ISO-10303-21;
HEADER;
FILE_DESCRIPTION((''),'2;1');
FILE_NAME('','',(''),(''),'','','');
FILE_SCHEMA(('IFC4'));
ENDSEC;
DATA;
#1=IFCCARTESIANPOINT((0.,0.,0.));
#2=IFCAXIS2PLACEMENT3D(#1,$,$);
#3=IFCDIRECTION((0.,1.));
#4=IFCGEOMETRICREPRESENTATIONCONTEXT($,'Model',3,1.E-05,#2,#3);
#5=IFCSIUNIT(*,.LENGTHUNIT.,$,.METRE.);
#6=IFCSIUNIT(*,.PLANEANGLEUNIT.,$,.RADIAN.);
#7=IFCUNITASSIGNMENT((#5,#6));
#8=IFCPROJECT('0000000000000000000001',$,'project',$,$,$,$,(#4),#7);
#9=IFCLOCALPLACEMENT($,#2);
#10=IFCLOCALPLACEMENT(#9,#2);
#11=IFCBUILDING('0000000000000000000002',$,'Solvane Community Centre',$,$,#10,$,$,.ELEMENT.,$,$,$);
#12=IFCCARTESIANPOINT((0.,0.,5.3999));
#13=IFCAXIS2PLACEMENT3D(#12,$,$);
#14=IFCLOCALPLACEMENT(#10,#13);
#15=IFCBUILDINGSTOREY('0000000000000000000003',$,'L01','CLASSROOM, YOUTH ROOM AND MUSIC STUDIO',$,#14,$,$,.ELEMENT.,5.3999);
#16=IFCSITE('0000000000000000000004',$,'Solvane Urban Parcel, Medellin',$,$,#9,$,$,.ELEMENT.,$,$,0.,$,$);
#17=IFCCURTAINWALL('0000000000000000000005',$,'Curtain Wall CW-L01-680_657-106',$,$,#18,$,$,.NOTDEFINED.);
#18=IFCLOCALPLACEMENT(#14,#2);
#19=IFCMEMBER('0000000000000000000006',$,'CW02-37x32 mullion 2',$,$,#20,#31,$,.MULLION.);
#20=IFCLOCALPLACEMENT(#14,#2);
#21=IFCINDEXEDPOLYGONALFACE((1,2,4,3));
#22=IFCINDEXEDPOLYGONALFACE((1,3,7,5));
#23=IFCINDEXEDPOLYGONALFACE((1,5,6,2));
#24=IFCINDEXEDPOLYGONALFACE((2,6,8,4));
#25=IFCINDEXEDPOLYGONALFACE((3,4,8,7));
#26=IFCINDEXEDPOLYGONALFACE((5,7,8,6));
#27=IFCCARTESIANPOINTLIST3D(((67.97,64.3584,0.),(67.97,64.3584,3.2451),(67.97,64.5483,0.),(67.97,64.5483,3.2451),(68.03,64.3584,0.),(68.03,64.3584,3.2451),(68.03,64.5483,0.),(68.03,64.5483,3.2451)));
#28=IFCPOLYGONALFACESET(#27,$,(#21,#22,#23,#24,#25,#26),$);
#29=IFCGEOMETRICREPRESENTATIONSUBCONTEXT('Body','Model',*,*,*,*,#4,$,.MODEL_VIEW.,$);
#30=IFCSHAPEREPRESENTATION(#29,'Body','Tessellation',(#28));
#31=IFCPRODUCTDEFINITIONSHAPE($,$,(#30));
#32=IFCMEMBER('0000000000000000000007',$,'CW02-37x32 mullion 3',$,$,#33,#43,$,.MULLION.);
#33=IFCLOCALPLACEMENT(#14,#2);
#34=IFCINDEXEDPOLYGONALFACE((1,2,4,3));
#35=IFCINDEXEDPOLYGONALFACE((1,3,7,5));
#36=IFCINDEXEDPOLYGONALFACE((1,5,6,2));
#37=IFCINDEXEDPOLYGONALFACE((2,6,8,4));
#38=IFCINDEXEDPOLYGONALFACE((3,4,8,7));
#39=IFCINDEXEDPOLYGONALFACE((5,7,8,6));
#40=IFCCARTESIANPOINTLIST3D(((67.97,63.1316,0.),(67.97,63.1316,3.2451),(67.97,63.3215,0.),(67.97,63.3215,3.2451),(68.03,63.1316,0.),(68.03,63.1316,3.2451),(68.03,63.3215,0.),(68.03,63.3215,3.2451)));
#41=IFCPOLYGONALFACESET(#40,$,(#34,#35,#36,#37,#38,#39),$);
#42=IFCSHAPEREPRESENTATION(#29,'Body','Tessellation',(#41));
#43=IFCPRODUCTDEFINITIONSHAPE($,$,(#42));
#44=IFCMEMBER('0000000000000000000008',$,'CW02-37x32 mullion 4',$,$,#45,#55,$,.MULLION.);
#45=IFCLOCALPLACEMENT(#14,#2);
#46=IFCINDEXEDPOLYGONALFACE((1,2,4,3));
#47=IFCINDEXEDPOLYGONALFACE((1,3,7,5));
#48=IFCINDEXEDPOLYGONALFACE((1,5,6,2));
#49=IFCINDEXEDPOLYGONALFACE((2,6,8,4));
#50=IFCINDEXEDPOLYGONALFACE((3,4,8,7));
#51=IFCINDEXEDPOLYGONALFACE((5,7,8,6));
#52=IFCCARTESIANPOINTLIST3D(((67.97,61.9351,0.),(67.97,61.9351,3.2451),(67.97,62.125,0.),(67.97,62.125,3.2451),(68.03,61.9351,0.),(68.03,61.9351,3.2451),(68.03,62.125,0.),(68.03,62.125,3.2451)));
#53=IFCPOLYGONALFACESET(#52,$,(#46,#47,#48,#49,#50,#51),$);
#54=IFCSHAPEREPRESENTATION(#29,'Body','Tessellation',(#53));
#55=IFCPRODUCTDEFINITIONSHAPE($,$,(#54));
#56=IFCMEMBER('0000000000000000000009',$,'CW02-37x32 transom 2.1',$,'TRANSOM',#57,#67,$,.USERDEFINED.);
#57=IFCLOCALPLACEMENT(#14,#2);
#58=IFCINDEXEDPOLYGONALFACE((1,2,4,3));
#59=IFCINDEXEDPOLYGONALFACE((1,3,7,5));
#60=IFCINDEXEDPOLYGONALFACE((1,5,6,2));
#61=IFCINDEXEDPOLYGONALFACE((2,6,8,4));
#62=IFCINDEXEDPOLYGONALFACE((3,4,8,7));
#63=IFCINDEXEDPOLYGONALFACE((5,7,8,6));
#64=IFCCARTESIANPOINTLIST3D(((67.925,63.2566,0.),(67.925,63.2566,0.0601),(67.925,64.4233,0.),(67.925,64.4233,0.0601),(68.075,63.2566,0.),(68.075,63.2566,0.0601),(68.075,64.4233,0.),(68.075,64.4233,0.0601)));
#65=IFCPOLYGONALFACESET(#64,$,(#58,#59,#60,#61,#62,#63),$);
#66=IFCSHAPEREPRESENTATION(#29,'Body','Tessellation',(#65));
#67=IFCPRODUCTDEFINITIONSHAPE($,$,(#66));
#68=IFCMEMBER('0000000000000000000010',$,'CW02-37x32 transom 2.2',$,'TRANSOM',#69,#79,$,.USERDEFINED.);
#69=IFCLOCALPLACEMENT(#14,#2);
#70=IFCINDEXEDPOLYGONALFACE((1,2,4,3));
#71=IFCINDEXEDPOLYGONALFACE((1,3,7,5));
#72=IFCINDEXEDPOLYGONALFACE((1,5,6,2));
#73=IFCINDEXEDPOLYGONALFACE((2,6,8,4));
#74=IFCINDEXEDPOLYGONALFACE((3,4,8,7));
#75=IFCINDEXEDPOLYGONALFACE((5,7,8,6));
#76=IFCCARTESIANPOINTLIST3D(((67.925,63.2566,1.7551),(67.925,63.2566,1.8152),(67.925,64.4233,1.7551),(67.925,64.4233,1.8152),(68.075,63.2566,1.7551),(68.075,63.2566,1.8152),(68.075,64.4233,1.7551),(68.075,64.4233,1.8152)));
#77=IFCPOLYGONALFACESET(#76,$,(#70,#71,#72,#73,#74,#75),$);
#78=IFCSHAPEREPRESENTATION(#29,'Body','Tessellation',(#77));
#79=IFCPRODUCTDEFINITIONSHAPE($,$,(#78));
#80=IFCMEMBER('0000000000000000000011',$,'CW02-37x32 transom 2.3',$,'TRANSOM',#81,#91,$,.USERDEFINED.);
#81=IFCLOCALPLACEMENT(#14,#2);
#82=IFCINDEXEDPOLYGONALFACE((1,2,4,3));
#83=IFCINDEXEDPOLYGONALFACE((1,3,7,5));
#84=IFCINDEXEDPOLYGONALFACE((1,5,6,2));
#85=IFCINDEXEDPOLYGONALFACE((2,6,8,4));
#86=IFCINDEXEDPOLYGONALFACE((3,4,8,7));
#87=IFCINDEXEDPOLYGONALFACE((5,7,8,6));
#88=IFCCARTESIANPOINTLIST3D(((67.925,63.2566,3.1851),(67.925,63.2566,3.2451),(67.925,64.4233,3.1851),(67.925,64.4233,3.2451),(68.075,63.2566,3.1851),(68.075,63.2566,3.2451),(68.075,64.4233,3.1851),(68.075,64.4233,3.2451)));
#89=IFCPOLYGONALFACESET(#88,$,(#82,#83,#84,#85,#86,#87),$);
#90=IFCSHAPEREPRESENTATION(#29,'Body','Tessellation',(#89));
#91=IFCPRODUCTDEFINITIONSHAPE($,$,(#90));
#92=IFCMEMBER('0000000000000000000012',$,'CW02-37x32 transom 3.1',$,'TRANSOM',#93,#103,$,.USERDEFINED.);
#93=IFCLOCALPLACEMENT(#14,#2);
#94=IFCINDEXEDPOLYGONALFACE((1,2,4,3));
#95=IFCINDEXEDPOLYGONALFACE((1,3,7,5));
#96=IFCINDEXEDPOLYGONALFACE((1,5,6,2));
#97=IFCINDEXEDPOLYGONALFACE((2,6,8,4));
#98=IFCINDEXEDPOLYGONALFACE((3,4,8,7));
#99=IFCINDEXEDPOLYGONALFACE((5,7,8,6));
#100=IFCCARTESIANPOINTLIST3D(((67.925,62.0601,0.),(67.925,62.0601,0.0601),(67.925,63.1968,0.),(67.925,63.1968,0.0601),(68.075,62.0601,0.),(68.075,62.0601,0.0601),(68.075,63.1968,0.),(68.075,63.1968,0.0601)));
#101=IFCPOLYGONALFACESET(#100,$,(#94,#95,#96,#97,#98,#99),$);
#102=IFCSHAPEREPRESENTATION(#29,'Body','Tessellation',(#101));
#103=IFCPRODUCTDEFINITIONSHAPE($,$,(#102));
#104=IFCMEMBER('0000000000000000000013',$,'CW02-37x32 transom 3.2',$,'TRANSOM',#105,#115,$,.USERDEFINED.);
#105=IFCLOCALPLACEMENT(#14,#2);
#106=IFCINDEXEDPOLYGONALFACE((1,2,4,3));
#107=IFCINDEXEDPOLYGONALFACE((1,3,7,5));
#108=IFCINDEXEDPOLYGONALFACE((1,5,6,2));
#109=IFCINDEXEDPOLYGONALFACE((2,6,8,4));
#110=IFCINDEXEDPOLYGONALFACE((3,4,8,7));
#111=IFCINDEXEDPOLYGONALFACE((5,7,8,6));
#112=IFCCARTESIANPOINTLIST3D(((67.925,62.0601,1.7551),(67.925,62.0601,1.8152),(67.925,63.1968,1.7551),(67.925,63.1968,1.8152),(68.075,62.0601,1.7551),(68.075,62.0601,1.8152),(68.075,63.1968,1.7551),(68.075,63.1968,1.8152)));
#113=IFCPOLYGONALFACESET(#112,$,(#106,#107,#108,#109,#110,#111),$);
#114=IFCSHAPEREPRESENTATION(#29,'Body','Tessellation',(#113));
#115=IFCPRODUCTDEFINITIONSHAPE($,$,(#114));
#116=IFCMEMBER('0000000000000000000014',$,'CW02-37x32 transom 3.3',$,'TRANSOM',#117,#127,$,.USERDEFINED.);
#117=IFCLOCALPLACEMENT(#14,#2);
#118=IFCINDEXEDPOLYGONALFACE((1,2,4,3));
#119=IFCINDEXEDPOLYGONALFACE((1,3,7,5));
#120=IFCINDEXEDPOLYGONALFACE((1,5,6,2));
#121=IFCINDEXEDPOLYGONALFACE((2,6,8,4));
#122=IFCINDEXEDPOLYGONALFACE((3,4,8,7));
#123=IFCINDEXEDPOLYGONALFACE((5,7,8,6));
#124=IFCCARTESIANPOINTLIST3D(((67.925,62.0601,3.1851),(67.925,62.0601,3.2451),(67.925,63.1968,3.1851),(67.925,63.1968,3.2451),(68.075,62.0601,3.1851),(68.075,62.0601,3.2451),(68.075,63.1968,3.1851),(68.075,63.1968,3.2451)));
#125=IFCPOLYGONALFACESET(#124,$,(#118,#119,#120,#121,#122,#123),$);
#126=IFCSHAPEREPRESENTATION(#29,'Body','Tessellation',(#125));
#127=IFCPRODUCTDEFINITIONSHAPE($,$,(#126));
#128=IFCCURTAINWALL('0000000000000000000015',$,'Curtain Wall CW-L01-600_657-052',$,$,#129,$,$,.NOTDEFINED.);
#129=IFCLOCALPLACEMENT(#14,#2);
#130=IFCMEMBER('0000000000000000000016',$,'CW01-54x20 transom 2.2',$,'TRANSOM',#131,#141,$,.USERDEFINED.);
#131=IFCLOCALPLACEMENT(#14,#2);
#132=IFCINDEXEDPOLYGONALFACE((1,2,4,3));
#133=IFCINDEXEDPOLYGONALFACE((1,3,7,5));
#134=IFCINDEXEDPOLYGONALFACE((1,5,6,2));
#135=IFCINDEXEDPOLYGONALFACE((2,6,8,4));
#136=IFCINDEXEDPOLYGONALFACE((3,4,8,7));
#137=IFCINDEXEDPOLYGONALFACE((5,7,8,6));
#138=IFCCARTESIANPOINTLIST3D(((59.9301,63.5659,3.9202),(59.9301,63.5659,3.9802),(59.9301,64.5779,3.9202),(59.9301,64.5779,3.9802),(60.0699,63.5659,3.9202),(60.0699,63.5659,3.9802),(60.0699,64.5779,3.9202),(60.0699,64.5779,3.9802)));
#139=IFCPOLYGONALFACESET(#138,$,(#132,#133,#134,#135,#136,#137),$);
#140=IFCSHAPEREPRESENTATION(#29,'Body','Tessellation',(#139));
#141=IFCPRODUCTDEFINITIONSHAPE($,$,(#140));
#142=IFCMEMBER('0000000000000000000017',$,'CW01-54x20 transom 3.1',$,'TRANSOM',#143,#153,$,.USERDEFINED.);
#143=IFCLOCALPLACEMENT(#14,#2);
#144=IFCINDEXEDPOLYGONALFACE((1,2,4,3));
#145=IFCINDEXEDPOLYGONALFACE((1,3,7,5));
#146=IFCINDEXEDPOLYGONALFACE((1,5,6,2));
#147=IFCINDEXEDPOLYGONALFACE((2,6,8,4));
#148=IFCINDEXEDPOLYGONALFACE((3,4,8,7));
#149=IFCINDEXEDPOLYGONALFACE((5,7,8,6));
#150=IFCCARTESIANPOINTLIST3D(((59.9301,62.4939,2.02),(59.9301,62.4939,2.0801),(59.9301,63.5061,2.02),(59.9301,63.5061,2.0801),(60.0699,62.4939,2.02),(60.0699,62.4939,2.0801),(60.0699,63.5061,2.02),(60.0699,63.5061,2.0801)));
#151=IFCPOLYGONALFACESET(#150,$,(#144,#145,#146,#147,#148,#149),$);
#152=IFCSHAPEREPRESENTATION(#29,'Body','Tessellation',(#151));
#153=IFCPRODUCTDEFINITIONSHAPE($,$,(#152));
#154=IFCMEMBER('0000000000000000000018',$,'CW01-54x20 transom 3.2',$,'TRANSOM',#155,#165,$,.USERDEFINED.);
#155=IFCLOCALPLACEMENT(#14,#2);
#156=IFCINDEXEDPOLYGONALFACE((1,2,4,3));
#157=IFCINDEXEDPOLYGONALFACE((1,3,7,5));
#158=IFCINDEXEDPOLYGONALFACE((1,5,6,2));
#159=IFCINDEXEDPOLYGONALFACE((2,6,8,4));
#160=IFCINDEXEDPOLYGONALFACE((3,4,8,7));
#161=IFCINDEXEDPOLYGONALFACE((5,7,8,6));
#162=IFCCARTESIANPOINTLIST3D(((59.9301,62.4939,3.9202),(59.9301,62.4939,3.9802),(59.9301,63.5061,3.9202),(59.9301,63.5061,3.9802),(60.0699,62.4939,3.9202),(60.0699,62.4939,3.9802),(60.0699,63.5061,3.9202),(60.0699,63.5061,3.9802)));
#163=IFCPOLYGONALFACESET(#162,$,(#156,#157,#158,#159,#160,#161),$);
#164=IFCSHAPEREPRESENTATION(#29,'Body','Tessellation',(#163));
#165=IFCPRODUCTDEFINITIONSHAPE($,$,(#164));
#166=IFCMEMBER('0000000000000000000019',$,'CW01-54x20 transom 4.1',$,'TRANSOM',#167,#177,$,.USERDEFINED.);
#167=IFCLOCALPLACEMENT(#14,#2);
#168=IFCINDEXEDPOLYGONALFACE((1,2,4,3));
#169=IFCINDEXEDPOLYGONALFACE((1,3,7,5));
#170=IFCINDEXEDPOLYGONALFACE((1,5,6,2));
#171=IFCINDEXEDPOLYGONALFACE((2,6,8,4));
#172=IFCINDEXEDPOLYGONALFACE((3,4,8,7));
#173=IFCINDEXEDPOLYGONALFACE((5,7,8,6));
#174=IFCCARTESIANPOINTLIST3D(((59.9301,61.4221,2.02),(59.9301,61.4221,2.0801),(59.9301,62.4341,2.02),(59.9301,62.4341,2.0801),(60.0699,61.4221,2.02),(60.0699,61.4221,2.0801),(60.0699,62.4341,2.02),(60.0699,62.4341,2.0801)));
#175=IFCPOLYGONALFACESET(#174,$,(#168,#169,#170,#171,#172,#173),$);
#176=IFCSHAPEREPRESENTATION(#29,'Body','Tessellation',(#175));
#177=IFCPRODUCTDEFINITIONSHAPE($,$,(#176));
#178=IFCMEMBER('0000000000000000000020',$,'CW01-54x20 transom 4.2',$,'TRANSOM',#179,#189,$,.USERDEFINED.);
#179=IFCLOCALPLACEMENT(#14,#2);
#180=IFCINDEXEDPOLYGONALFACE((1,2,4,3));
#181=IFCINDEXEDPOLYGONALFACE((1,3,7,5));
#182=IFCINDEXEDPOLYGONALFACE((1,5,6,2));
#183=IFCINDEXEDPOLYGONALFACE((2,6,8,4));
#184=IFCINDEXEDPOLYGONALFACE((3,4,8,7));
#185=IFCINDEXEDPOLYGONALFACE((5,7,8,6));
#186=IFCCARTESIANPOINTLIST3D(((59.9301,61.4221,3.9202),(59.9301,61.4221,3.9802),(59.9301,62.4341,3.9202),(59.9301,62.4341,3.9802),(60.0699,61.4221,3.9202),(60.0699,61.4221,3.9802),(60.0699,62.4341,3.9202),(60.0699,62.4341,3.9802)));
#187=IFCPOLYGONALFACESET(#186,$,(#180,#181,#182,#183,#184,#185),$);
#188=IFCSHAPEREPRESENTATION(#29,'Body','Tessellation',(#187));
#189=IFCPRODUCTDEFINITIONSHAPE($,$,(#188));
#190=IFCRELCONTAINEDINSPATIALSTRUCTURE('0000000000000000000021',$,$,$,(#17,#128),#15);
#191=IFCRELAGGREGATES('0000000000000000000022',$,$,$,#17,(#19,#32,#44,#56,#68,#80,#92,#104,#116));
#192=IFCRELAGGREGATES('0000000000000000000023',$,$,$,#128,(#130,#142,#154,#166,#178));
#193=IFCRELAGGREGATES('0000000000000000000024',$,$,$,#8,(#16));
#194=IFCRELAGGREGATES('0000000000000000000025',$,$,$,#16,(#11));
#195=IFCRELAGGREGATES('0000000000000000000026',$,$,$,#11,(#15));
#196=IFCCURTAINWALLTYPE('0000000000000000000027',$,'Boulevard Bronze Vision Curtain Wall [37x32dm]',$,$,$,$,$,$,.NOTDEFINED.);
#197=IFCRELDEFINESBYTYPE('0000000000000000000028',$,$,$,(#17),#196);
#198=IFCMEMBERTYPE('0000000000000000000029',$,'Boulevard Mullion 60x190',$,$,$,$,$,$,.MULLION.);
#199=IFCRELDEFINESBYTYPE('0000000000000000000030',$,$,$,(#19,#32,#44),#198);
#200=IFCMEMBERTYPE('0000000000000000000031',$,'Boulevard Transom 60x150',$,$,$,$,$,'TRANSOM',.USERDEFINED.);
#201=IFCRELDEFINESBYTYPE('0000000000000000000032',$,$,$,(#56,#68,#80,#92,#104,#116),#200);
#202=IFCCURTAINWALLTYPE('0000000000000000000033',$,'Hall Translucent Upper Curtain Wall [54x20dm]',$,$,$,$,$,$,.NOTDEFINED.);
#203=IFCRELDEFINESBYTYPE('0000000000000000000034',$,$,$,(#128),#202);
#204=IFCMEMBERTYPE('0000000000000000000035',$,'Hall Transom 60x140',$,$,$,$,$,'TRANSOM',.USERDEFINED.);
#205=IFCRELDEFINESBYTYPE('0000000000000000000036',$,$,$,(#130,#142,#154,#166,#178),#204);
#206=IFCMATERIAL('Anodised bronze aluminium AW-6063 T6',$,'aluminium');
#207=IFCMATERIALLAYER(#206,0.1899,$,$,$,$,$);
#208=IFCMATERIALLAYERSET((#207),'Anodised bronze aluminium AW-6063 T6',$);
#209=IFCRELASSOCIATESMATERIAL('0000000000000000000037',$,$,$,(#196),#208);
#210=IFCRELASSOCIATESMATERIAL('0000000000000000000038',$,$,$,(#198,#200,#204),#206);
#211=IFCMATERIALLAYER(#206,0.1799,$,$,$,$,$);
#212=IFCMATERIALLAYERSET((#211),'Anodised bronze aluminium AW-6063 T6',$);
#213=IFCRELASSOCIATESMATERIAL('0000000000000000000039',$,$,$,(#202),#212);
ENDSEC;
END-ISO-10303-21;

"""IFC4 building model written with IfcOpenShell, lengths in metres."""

from ifc_helpers import new_model, si_unit, direction, frame, origin, origin_2d, place, context, subcontext, project, spatial, rectangle, extrude, material, layer, layer_set, material_profile, profile_set, type_object, element, aggregate, save


model = new_model("IFC4")

# Units and contexts
model_context = context("Model", 3, precision=1e-05, world=origin(), true_north=direction((0.0, 1.0)))
body_context = subcontext(model_context, "Body", "Model", "MODEL_VIEW")
ifc_project = project(units=[si_unit("LENGTHUNIT", "METRE"), si_unit("PLANEANGLEUNIT", "RADIAN")], contexts=[model_context])

# Site, building, storey
site_placement = place(None, origin())
site = spatial("IfcSite", under=ifc_project, at=site_placement, Name="Solvane Urban Parcel, Medellin", CompositionType="ELEMENT", RefElevation=0.0)
building_placement = place(site_placement, origin())
building = spatial("IfcBuilding", under=site, at=building_placement, Name="Solvane Community Centre", CompositionType="ELEMENT")
storey_placement = place(building_placement, frame((0.0, 0.0, 5.3999)))
storey = spatial("IfcBuildingStorey", under=building, at=storey_placement, Name="L01", Description="CLASSROOM, YOUTH ROOM AND MUSIC STUDIO", CompositionType="ELEMENT", Elevation=5.3999)

# Curtain walls, members
ifc_material_1 = material(Name="Anodised bronze aluminium AW-6063 T6", Category="aluminium")
ifc_layer_1 = layer(ifc_material_1, 0.1899)
ifc_layer_set_1 = layer_set([ifc_layer_1], Name="Anodised bronze aluminium AW-6063 T6")
curtain_wall_type_1 = type_object("IfcCurtainWallType", Name="Boulevard Bronze Vision Curtain Wall [37x32dm]", PredefinedType="NOTDEFINED", material=ifc_layer_set_1)
curtain_wall_1_placement = place(storey_placement, origin())
curtain_wall_1 = element("IfcCurtainWall", 1, at=curtain_wall_1_placement, inside=storey, type_object=curtain_wall_type_1, Name="Curtain Wall CW-L01-680_657-106", PredefinedType="NOTDEFINED")
ifc_material_profile_1 = material_profile(ifc_material_1, rectangle(XDim=0.0601, YDim=0.1899, at=origin_2d()), Name="CW-M 60x190")
ifc_profile_set_1 = profile_set([ifc_material_profile_1], Name="Anodised bronze aluminium AW-6063 T6")
member_type_1 = type_object("IfcMemberType", Name="Boulevard Mullion 60x190", PredefinedType="MULLION", material=ifc_profile_set_1)
member_1_placement = place(storey_placement, frame((68.0, 64.4534, 0.0), z_axis=(0.0, 0.0, 1.0), x_axis=(1.0, 0.0, 0.0)))
member_1 = element("IfcMember", 2, at=member_1_placement, type_object=member_type_1, Name="CW02-37x32 mullion 2", PredefinedType="MULLION", context=body_context, shape_type="SweptSolid", body=[
    extrude(rectangle(XDim=0.0601, YDim=0.1899, at=origin_2d()), origin(), (0.0, 0.0, 1.0), 3.2451),
])
member_2_placement = place(storey_placement, frame((68.0, 63.2266, 0.0), z_axis=(0.0, 0.0, 1.0), x_axis=(1.0, 0.0, 0.0)))
member_2 = element("IfcMember", 3, at=member_2_placement, type_object=member_type_1, Name="CW02-37x32 mullion 3", PredefinedType="MULLION", context=body_context, shape_type="SweptSolid", body=[
    extrude(rectangle(XDim=0.0601, YDim=0.1899, at=origin_2d()), origin(), (0.0, 0.0, 1.0), 3.2451),
])
member_3_placement = place(storey_placement, frame((68.0, 62.03, 0.0), z_axis=(0.0, 0.0, 1.0), x_axis=(1.0, 0.0, 0.0)))
member_3 = element("IfcMember", 4, at=member_3_placement, type_object=member_type_1, Name="CW02-37x32 mullion 4", PredefinedType="MULLION", context=body_context, shape_type="SweptSolid", body=[
    extrude(rectangle(XDim=0.0601, YDim=0.1899, at=origin_2d()), origin(), (0.0, 0.0, 1.0), 3.2451),
])
ifc_material_profile_2 = material_profile(ifc_material_1, rectangle(XDim=0.1499, YDim=0.0601, at=origin_2d()), Name="CW-T 60x150")
ifc_profile_set_2 = profile_set([ifc_material_profile_2], Name="Anodised bronze aluminium AW-6063 T6")
member_type_2 = type_object("IfcMemberType", Name="Boulevard Transom 60x150", ElementType="TRANSOM", PredefinedType="USERDEFINED", material=ifc_profile_set_2)
member_4_placement = place(storey_placement, frame((68.0, 64.4233, 0.03), z_axis=(0.0, -1.0, 0.0), x_axis=(1.0, 0.0, 0.0)))
member_4 = element("IfcMember", 5, at=member_4_placement, type_object=member_type_2, Name="CW02-37x32 transom 2.1", ObjectType="TRANSOM", PredefinedType="USERDEFINED", context=body_context, shape_type="SweptSolid", body=[
    extrude(rectangle(XDim=0.1499, YDim=0.0601, at=origin_2d()), origin(), (0.0, 0.0, 1.0), 1.1667),
])
member_5_placement = place(storey_placement, frame((68.0, 64.4233, 1.7852), z_axis=(0.0, -1.0, 0.0), x_axis=(1.0, 0.0, 0.0)))
member_5 = element("IfcMember", 6, at=member_5_placement, type_object=member_type_2, Name="CW02-37x32 transom 2.2", ObjectType="TRANSOM", PredefinedType="USERDEFINED", context=body_context, shape_type="SweptSolid", body=[
    extrude(rectangle(XDim=0.1499, YDim=0.0601, at=origin_2d()), origin(), (0.0, 0.0, 1.0), 1.1667),
])
member_6_placement = place(storey_placement, frame((68.0, 64.4233, 3.2151), z_axis=(0.0, -1.0, 0.0), x_axis=(1.0, 0.0, 0.0)))
member_6 = element("IfcMember", 7, at=member_6_placement, type_object=member_type_2, Name="CW02-37x32 transom 2.3", ObjectType="TRANSOM", PredefinedType="USERDEFINED", context=body_context, shape_type="SweptSolid", body=[
    extrude(rectangle(XDim=0.1499, YDim=0.0601, at=origin_2d()), origin(), (0.0, 0.0, 1.0), 1.1667),
])
member_7_placement = place(storey_placement, frame((68.0, 63.1968, 0.03), z_axis=(0.0, -1.0, 0.0), x_axis=(1.0, 0.0, 0.0)))
member_7 = element("IfcMember", 8, at=member_7_placement, type_object=member_type_2, Name="CW02-37x32 transom 3.1", ObjectType="TRANSOM", PredefinedType="USERDEFINED", context=body_context, shape_type="SweptSolid", body=[
    extrude(rectangle(XDim=0.1499, YDim=0.0601, at=origin_2d()), origin(), (0.0, 0.0, 1.0), 1.1367),
])
member_8_placement = place(storey_placement, frame((68.0, 63.1968, 1.7852), z_axis=(0.0, -1.0, 0.0), x_axis=(1.0, 0.0, 0.0)))
member_8 = element("IfcMember", 9, at=member_8_placement, type_object=member_type_2, Name="CW02-37x32 transom 3.2", ObjectType="TRANSOM", PredefinedType="USERDEFINED", context=body_context, shape_type="SweptSolid", body=[
    extrude(rectangle(XDim=0.1499, YDim=0.0601, at=origin_2d()), origin(), (0.0, 0.0, 1.0), 1.1367),
])
member_9_placement = place(storey_placement, frame((68.0, 63.1968, 3.2151), z_axis=(0.0, -1.0, 0.0), x_axis=(1.0, 0.0, 0.0)))
member_9 = element("IfcMember", 10, at=member_9_placement, type_object=member_type_2, Name="CW02-37x32 transom 3.3", ObjectType="TRANSOM", PredefinedType="USERDEFINED", context=body_context, shape_type="SweptSolid", body=[
    extrude(rectangle(XDim=0.1499, YDim=0.0601, at=origin_2d()), origin(), (0.0, 0.0, 1.0), 1.1367),
])
ifc_layer_2 = layer(ifc_material_1, 0.1799)
ifc_layer_set_2 = layer_set([ifc_layer_2], Name="Anodised bronze aluminium AW-6063 T6")
curtain_wall_type_2 = type_object("IfcCurtainWallType", Name="Hall Translucent Upper Curtain Wall [54x20dm]", PredefinedType="NOTDEFINED", material=ifc_layer_set_2)
curtain_wall_2_placement = place(storey_placement, origin())
curtain_wall_2 = element("IfcCurtainWall", 11, at=curtain_wall_2_placement, inside=storey, type_object=curtain_wall_type_2, Name="Curtain Wall CW-L01-600_657-052", PredefinedType="NOTDEFINED")
ifc_material_profile_3 = material_profile(ifc_material_1, rectangle(XDim=0.1399, YDim=0.0601, at=origin_2d()), Name="CW-T 60x140")
ifc_profile_set_3 = profile_set([ifc_material_profile_3], Name="Anodised bronze aluminium AW-6063 T6")
member_type_3 = type_object("IfcMemberType", Name="Hall Transom 60x140", ElementType="TRANSOM", PredefinedType="USERDEFINED", material=ifc_profile_set_3)
member_10_placement = place(storey_placement, frame((60.0, 64.5779, 3.9502), z_axis=(0.0, -1.0, 0.0), x_axis=(1.0, 0.0, 0.0)))
member_10 = element("IfcMember", 12, at=member_10_placement, type_object=member_type_3, Name="CW01-54x20 transom 2.2", ObjectType="TRANSOM", PredefinedType="USERDEFINED", context=body_context, shape_type="SweptSolid", body=[
    extrude(rectangle(XDim=0.1399, YDim=0.0601, at=origin_2d()), origin(), (0.0, 0.0, 1.0), 1.012),
])
member_11_placement = place(storey_placement, frame((60.0, 63.5061, 2.05), z_axis=(0.0, -1.0, 0.0), x_axis=(1.0, 0.0, 0.0)))
member_11 = element("IfcMember", 13, at=member_11_placement, type_object=member_type_3, Name="CW01-54x20 transom 3.1", ObjectType="TRANSOM", PredefinedType="USERDEFINED", context=body_context, shape_type="SweptSolid", body=[
    extrude(rectangle(XDim=0.1399, YDim=0.0601, at=origin_2d()), origin(), (0.0, 0.0, 1.0), 1.0122),
])
member_12_placement = place(storey_placement, frame((60.0, 63.5061, 3.9502), z_axis=(0.0, -1.0, 0.0), x_axis=(1.0, 0.0, 0.0)))
member_12 = element("IfcMember", 14, at=member_12_placement, type_object=member_type_3, Name="CW01-54x20 transom 3.2", ObjectType="TRANSOM", PredefinedType="USERDEFINED", context=body_context, shape_type="SweptSolid", body=[
    extrude(rectangle(XDim=0.1399, YDim=0.0601, at=origin_2d()), origin(), (0.0, 0.0, 1.0), 1.0122),
])
member_13_placement = place(storey_placement, frame((60.0, 62.4341, 2.05), z_axis=(0.0, -1.0, 0.0), x_axis=(1.0, 0.0, 0.0)))
member_13 = element("IfcMember", 15, at=member_13_placement, type_object=member_type_3, Name="CW01-54x20 transom 4.1", ObjectType="TRANSOM", PredefinedType="USERDEFINED", context=body_context, shape_type="SweptSolid", body=[
    extrude(rectangle(XDim=0.1399, YDim=0.0601, at=origin_2d()), origin(), (0.0, 0.0, 1.0), 1.012),
])
member_14_placement = place(storey_placement, frame((60.0, 62.4341, 3.9502), z_axis=(0.0, -1.0, 0.0), x_axis=(1.0, 0.0, 0.0)))
member_14 = element("IfcMember", 16, at=member_14_placement, type_object=member_type_3, Name="CW01-54x20 transom 4.2", ObjectType="TRANSOM", PredefinedType="USERDEFINED", context=body_context, shape_type="SweptSolid", body=[
    extrude(rectangle(XDim=0.1399, YDim=0.0601, at=origin_2d()), origin(), (0.0, 0.0, 1.0), 1.012),
])

aggregate(curtain_wall_1, [member_1, member_2, member_3, member_4, member_5, member_6, member_7, member_8, member_9])
aggregate(curtain_wall_2, [member_10, member_11, member_12, member_13, member_14])

save(model, "model.ifc")
